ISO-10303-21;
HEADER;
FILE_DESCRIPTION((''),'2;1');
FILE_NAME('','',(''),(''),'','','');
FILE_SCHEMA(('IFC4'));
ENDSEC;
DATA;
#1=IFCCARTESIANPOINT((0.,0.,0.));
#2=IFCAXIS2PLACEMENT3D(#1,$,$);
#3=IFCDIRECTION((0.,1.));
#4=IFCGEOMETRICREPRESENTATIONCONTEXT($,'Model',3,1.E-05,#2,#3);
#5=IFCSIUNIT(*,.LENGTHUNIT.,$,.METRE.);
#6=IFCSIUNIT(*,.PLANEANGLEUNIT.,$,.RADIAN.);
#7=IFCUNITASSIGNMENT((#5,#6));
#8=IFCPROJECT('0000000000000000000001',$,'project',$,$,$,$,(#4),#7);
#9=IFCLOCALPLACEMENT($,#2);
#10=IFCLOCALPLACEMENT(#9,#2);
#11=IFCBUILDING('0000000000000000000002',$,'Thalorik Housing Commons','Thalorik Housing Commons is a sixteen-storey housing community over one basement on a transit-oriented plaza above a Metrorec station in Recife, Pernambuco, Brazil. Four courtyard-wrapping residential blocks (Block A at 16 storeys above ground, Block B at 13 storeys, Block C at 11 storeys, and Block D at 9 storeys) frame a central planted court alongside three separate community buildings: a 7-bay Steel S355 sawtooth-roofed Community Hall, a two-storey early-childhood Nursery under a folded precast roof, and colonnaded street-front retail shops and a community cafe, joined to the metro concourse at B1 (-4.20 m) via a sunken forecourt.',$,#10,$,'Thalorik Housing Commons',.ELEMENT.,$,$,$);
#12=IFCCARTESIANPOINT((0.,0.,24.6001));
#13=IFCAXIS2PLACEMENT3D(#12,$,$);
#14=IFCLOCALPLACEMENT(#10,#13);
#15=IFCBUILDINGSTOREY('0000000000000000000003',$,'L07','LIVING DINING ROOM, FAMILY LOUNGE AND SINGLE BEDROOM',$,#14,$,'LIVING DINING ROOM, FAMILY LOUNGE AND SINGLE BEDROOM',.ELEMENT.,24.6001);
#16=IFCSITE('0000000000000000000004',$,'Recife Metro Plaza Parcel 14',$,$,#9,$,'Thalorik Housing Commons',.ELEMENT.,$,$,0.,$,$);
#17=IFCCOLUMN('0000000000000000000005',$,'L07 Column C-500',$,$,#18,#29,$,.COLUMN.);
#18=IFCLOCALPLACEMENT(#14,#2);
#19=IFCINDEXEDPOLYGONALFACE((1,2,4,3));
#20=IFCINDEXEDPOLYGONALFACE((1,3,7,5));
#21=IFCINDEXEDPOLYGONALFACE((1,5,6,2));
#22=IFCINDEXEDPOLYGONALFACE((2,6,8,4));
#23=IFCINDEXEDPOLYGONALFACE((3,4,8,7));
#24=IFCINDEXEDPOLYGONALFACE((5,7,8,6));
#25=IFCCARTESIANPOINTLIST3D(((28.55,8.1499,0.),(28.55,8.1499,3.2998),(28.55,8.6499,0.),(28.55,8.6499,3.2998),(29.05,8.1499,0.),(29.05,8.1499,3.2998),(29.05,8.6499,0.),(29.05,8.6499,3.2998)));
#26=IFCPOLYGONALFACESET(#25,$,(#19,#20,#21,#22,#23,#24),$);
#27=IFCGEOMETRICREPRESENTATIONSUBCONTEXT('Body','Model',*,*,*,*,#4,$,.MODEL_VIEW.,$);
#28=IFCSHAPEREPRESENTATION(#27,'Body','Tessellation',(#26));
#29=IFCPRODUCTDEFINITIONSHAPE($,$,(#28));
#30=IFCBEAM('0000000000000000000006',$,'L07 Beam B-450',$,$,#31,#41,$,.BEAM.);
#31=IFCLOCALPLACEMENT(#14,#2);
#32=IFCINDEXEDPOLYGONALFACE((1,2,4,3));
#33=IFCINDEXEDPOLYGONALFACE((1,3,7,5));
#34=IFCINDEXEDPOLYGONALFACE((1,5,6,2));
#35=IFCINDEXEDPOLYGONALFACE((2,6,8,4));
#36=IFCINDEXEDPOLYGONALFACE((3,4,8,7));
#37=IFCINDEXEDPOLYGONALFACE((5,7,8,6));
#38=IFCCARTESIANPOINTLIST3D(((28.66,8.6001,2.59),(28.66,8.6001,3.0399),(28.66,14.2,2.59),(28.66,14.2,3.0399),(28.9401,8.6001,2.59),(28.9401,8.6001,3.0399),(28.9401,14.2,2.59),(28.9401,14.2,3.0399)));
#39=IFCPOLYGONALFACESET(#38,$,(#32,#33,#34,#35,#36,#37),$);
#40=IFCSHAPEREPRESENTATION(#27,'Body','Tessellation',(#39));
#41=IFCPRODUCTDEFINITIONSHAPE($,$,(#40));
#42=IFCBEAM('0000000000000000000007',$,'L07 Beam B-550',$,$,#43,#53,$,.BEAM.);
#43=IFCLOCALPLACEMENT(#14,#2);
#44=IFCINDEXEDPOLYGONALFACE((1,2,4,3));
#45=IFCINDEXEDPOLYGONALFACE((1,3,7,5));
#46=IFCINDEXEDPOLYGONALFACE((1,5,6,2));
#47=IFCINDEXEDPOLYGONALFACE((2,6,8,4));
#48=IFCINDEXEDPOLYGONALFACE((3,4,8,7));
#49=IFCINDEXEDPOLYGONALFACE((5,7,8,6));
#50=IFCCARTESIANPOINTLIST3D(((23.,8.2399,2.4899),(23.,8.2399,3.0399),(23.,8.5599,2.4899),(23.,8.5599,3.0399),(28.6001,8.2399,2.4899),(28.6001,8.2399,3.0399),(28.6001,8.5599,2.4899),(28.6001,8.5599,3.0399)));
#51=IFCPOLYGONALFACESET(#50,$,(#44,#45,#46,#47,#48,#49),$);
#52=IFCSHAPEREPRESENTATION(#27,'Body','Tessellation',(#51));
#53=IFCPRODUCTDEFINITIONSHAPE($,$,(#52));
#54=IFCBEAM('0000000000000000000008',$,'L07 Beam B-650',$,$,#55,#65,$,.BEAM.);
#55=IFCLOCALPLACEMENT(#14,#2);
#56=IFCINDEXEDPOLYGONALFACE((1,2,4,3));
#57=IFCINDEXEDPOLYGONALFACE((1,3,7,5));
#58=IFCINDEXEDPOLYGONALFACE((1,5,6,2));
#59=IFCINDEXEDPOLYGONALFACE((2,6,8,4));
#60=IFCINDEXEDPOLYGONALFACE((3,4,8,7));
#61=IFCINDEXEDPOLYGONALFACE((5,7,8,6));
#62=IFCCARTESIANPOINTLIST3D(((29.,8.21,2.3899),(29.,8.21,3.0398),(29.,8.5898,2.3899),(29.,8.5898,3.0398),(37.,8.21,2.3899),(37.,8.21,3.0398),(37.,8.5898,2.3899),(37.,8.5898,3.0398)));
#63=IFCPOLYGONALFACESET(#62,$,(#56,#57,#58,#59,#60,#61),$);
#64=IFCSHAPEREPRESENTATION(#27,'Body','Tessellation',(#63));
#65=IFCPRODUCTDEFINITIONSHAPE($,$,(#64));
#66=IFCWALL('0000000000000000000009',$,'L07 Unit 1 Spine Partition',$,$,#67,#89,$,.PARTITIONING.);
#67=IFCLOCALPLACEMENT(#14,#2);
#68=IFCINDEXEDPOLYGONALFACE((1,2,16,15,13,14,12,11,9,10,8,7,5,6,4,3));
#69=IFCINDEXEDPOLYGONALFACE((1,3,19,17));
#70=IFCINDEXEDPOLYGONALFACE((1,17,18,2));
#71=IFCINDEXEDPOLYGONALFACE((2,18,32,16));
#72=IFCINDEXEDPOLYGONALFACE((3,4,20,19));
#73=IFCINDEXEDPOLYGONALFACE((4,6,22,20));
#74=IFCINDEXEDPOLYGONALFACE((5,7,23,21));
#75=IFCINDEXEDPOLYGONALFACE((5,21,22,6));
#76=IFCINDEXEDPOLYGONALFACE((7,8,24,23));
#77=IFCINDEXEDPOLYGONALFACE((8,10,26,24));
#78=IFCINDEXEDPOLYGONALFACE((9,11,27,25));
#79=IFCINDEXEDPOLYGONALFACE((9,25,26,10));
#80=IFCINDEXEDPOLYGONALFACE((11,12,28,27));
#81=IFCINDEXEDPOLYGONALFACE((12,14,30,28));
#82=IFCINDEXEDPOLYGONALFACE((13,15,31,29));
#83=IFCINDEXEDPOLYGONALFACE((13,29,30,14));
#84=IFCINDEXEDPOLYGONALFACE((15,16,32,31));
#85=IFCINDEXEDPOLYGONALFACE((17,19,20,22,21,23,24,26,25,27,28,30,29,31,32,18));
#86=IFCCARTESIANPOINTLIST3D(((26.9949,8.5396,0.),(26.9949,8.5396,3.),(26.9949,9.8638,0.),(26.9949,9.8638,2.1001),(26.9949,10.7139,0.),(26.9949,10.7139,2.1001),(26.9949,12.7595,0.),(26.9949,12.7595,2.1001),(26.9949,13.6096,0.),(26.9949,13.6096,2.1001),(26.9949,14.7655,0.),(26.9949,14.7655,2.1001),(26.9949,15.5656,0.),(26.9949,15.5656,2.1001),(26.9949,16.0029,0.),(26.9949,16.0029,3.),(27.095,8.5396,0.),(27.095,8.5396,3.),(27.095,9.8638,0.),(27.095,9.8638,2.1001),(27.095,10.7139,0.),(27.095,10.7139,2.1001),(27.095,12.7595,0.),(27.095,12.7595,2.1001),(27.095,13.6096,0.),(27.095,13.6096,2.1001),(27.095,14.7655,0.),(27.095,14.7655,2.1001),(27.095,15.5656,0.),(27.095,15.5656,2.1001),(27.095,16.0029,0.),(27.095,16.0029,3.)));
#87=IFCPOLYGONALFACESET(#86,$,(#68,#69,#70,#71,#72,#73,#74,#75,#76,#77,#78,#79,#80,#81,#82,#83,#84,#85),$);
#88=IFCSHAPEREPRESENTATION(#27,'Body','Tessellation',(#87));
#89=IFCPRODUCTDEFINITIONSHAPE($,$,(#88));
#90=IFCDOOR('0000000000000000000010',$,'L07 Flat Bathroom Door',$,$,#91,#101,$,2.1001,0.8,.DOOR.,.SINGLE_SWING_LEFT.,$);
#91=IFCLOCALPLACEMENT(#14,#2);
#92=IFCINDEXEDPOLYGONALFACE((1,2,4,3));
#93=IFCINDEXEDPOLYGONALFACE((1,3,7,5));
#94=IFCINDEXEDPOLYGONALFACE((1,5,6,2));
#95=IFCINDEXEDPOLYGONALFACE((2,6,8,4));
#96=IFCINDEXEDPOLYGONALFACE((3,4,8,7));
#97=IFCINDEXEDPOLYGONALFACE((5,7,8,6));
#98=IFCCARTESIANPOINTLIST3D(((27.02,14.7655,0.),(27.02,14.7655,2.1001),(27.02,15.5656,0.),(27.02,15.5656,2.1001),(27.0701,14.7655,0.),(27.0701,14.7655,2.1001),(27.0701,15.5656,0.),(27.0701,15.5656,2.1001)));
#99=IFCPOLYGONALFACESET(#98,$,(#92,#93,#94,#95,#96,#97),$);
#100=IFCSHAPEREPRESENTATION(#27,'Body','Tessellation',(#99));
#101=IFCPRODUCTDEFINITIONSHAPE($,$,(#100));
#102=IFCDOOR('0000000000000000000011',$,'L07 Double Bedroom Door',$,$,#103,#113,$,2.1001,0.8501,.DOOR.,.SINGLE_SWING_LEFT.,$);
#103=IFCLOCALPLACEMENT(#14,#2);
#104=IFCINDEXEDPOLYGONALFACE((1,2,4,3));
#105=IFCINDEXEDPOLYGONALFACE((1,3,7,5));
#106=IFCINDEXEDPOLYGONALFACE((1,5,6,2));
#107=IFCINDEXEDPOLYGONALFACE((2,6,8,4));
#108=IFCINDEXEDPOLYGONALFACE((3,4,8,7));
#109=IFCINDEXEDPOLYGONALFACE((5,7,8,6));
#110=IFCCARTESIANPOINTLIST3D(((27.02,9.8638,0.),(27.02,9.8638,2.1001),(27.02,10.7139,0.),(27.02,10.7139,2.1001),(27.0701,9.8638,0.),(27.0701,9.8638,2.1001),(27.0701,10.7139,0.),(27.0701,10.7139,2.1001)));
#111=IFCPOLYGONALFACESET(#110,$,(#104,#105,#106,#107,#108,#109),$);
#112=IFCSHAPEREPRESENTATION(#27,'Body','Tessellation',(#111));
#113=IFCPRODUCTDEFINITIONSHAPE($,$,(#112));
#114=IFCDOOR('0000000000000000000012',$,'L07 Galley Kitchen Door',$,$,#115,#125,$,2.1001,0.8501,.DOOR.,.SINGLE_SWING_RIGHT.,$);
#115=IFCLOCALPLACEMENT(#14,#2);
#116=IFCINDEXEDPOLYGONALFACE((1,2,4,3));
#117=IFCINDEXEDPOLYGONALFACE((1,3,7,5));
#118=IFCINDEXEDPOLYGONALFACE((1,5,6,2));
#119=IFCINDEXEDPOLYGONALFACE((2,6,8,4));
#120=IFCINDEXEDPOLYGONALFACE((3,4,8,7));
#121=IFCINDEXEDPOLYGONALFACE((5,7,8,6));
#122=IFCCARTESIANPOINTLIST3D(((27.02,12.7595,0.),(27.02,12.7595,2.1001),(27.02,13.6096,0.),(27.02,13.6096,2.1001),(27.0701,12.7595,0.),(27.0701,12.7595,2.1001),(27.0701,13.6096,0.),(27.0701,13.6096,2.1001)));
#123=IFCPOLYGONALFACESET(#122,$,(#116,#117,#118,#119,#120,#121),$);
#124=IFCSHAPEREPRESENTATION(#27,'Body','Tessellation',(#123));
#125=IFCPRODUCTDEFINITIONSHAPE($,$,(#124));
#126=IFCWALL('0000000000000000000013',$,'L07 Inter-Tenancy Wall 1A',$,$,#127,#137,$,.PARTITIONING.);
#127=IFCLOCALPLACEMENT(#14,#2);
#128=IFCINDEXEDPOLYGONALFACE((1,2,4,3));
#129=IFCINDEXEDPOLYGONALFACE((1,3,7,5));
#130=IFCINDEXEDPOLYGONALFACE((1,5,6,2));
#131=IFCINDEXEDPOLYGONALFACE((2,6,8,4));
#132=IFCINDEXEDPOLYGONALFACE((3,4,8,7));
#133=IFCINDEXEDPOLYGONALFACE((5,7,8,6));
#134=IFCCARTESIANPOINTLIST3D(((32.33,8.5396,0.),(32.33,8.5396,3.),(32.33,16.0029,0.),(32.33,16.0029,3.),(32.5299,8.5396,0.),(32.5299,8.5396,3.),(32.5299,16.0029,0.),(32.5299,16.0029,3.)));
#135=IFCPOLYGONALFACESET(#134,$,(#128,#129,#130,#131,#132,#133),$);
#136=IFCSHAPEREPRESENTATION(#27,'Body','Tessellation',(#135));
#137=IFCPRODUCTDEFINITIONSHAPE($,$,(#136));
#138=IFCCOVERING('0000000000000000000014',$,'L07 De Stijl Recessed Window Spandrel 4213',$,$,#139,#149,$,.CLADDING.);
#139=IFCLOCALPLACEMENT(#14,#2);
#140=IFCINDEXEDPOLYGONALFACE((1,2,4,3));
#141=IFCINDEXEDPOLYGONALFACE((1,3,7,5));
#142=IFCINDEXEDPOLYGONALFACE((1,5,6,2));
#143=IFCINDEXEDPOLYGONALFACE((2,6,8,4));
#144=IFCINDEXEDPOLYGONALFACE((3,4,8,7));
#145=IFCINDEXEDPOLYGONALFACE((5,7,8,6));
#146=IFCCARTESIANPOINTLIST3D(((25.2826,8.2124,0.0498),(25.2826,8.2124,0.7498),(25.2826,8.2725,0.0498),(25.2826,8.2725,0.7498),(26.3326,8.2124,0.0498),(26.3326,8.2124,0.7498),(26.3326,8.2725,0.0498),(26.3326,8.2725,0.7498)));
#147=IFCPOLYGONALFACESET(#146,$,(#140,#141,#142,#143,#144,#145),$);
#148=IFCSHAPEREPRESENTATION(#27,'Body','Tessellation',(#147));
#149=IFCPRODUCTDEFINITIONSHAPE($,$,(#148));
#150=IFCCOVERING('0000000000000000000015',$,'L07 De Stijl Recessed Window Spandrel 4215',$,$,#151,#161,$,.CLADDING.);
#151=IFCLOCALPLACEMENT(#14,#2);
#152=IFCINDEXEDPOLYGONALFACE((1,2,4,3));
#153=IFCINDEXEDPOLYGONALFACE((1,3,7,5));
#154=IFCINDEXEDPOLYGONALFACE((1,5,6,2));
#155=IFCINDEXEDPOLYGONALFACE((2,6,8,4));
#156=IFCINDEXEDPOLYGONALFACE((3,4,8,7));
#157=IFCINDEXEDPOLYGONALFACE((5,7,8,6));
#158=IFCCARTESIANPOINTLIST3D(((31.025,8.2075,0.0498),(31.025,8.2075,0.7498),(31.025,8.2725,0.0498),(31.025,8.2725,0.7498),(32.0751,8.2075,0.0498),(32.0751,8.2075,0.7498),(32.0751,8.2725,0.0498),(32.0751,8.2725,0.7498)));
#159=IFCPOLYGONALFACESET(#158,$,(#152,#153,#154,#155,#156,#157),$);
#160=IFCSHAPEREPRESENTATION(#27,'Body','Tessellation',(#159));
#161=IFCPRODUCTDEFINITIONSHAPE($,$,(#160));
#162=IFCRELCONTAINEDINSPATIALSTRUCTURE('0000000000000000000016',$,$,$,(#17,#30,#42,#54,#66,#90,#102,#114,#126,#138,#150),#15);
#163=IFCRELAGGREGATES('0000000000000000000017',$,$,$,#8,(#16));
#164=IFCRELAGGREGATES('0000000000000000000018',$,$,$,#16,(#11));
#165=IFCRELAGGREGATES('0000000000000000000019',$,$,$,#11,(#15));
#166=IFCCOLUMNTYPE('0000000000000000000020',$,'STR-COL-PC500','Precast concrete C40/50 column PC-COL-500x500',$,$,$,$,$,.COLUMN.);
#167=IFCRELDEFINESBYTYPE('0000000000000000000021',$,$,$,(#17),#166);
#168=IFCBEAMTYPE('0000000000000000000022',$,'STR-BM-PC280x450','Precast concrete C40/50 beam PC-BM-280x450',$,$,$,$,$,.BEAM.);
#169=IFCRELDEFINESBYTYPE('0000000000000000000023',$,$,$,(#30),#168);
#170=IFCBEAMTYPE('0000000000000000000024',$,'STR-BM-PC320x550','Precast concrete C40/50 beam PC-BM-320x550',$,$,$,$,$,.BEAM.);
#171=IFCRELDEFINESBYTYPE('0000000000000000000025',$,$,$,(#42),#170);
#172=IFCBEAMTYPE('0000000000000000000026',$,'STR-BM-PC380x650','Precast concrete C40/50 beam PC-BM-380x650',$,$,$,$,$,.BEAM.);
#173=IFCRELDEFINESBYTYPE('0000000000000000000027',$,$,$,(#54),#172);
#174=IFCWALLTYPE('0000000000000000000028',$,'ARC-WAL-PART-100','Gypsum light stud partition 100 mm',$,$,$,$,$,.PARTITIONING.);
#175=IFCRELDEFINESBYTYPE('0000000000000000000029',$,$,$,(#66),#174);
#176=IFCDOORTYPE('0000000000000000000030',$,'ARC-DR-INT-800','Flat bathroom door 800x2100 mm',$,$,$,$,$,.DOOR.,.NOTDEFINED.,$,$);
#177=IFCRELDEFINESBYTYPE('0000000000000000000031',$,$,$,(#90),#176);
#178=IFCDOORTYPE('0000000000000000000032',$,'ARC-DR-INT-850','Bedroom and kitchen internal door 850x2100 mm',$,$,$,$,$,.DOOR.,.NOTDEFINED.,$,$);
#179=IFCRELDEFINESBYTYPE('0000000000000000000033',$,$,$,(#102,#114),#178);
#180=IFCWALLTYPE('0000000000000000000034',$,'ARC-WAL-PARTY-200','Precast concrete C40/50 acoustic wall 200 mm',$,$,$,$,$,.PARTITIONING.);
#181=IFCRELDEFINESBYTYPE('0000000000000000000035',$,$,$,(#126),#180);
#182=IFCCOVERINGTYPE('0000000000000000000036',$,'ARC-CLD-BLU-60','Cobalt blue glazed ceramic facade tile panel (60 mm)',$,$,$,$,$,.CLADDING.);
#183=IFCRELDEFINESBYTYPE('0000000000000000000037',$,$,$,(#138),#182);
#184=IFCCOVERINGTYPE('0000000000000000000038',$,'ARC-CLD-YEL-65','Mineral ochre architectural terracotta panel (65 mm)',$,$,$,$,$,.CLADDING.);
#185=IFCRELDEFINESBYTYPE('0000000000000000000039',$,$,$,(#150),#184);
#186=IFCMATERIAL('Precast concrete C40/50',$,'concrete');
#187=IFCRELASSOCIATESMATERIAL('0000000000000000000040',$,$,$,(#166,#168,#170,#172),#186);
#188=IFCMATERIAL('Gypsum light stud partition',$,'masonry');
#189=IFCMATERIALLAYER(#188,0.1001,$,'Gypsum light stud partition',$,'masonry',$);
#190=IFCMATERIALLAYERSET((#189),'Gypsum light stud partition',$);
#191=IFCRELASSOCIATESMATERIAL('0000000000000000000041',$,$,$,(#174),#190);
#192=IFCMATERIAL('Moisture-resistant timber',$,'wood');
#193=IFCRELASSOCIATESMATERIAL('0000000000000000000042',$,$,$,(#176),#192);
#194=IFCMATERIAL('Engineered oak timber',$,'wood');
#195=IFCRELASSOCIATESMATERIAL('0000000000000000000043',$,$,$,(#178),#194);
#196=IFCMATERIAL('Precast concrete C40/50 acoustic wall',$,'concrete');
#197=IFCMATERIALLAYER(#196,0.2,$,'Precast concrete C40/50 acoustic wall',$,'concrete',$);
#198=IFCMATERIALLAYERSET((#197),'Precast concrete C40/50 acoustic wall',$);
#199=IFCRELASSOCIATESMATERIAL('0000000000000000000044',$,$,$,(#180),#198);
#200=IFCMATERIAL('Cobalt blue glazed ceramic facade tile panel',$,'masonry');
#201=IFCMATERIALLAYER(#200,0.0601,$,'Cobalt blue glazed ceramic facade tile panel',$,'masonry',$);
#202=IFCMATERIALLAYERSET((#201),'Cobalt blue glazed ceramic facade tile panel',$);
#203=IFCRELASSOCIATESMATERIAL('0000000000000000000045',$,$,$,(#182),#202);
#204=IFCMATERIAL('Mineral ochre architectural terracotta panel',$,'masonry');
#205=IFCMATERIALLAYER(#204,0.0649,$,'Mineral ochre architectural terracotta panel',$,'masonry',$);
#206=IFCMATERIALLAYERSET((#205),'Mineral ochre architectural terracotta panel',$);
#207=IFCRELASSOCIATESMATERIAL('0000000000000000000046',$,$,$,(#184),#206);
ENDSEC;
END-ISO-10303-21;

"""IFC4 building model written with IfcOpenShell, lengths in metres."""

from ifc_helpers import new_model, si_unit, direction, frame, frame_2d, origin, origin_2d, place, context, subcontext, project, spatial, rectangle, extrude, material, layer, layer_set, material_profile, profile_set, type_object, element, fill, save


model = new_model("IFC4")

# Units and contexts
model_context = context("Model", 3, precision=1e-05, world=origin(), true_north=direction((0.0, 1.0)))
body_context = subcontext(model_context, "Body", "Model", "MODEL_VIEW")
ifc_project = project(units=[si_unit("LENGTHUNIT", "METRE"), si_unit("PLANEANGLEUNIT", "RADIAN")], contexts=[model_context])

# Site, building, storey
site_placement = place(None, origin())
site = spatial("IfcSite", under=ifc_project, at=site_placement, Name="Recife Metro Plaza Parcel 14", LongName="Thalorik Housing Commons", CompositionType="ELEMENT", RefElevation=0.0)
building_placement = place(site_placement, origin())
building = spatial("IfcBuilding", under=site, at=building_placement, Name="Thalorik Housing Commons", Description="Thalorik Housing Commons is a sixteen-storey housing community over one basement on a transit-oriented plaza above a Metrorec station in Recife, Pernambuco, Brazil. Four courtyard-wrapping residential blocks (Block A at 16 storeys above ground, Block B at 13 storeys, Block C at 11 storeys, and Block D at 9 storeys) frame a central planted court alongside three separate community buildings: a 7-bay Steel S355 sawtooth-roofed Community Hall, a two-storey early-childhood Nursery under a folded precast roof, and colonnaded street-front retail shops and a community cafe, joined to the metro concourse at B1 (-4.20 m) via a sunken forecourt.", LongName="Thalorik Housing Commons", CompositionType="ELEMENT")
storey_placement = place(building_placement, frame((0.0, 0.0, 24.6001)))
storey = spatial("IfcBuildingStorey", under=building, at=storey_placement, Name="L07", Description="LIVING DINING ROOM, FAMILY LOUNGE AND SINGLE BEDROOM", LongName="LIVING DINING ROOM, FAMILY LOUNGE AND SINGLE BEDROOM", CompositionType="ELEMENT", Elevation=24.6001)

# Column
ifc_material_1 = material(Name="Precast concrete C40/50", Category="concrete")
ifc_material_profile_1 = material_profile(ifc_material_1, rectangle(XDim=0.5, YDim=0.5, at=origin_2d()), Name="PC 500x500", Category="concrete")
ifc_profile_set_1 = profile_set([ifc_material_profile_1], Name="Precast concrete C40/50")
column_type = type_object("IfcColumnType", Name="STR-COL-PC500", Description="Precast concrete C40/50 column PC-COL-500x500", PredefinedType="COLUMN", material=ifc_profile_set_1)
column_placement = place(storey_placement, frame((28.8, 8.3999, 0.0), z_axis=(0.0, 0.0, 1.0), x_axis=(1.0, 0.0, 0.0)))
element("IfcColumn", 1, at=column_placement, inside=storey, type_object=column_type, Name="L07 Column C-500", PredefinedType="COLUMN", context=body_context, shape_type="SweptSolid", body=[
    extrude(rectangle(XDim=0.5, YDim=0.5, at=origin_2d()), origin(), (0.0, 0.0, 1.0), 3.2998),
])

# Beams
ifc_material_profile_2 = material_profile(ifc_material_1, rectangle(XDim=0.28, YDim=0.45, at=origin_2d()), Name="PC 280x450", Category="concrete")
ifc_profile_set_2 = profile_set([ifc_material_profile_2], Name="Precast concrete C40/50")
beam_type_1 = type_object("IfcBeamType", Name="STR-BM-PC280x450", Description="Precast concrete C40/50 beam PC-BM-280x450", PredefinedType="BEAM", material=ifc_profile_set_2)
beam_1_placement = place(storey_placement, frame((28.8, 8.6001, 2.8149), z_axis=(0.0, 1.0, 0.0), x_axis=(-1.0, 0.0, 0.0)))
element("IfcBeam", 2, at=beam_1_placement, inside=storey, type_object=beam_type_1, Name="L07 Beam B-450", PredefinedType="BEAM", context=body_context, shape_type="SweptSolid", body=[
    extrude(rectangle(XDim=0.28, YDim=0.45, at=origin_2d()), origin(), (0.0, 0.0, 1.0), 5.5999),
])
ifc_material_profile_3 = material_profile(ifc_material_1, rectangle(XDim=0.3201, YDim=0.55, at=origin_2d()), Name="PC 320x550", Category="concrete")
ifc_profile_set_3 = profile_set([ifc_material_profile_3], Name="Precast concrete C40/50")
beam_type_2 = type_object("IfcBeamType", Name="STR-BM-PC320x550", Description="Precast concrete C40/50 beam PC-BM-320x550", PredefinedType="BEAM", material=ifc_profile_set_3)
beam_2_placement = place(storey_placement, frame((23.0, 8.3999, 2.7649), z_axis=(1.0, 0.0, 0.0), x_axis=(0.0, 1.0, 0.0)))
element("IfcBeam", 3, at=beam_2_placement, inside=storey, type_object=beam_type_2, Name="L07 Beam B-550", PredefinedType="BEAM", context=body_context, shape_type="SweptSolid", body=[
    extrude(rectangle(XDim=0.3201, YDim=0.55, at=origin_2d()), origin(), (0.0, 0.0, 1.0), 5.6001),
])
ifc_material_profile_4 = material_profile(ifc_material_1, rectangle(XDim=0.3799, YDim=0.6499, at=origin_2d()), Name="PC 380x650", Category="concrete")
ifc_profile_set_4 = profile_set([ifc_material_profile_4], Name="Precast concrete C40/50")
beam_type_3 = type_object("IfcBeamType", Name="STR-BM-PC380x650", Description="Precast concrete C40/50 beam PC-BM-380x650", PredefinedType="BEAM", material=ifc_profile_set_4)
beam_3_placement = place(storey_placement, frame((29.0, 8.3999, 2.7148), z_axis=(1.0, 0.0, 0.0), x_axis=(0.0, 1.0, 0.0)))
element("IfcBeam", 4, at=beam_3_placement, inside=storey, type_object=beam_type_3, Name="L07 Beam B-650", PredefinedType="BEAM", context=body_context, shape_type="SweptSolid", body=[
    extrude(rectangle(XDim=0.3799, YDim=0.6499, at=origin_2d()), origin(), (0.0, 0.0, 1.0), 8.0),
])

# Wall, openings, doors
ifc_material_2 = material(Name="Gypsum light stud partition", Category="masonry")
ifc_layer_1 = layer(ifc_material_2, 0.1001, Name="Gypsum light stud partition", Category="masonry")
ifc_layer_set_1 = layer_set([ifc_layer_1], Name="Gypsum light stud partition")
wall_type_1 = type_object("IfcWallType", Name="ARC-WAL-PART-100", Description="Gypsum light stud partition 100 mm", PredefinedType="PARTITIONING", material=ifc_layer_set_1)
wall_1_placement = place(storey_placement, frame((27.0449, 8.5396, 0.0), z_axis=(0.0, 0.0, 1.0), x_axis=(0.0, 1.0, 0.0)))
wall_1 = element("IfcWall", 5, at=wall_1_placement, inside=storey, type_object=wall_type_1, Name="L07 Unit 1 Spine Partition", PredefinedType="PARTITIONING", context=body_context, shape_type="SweptSolid", body=[
    extrude(rectangle(XDim=7.4634, YDim=0.1001, at=frame_2d((3.7317, 0.0))), origin(), (0.0, 0.0, 1.0), 3.0),
])
opening_1_placement = place(wall_1_placement, frame((1.3242, 0.0, 0.0)))
opening_1 = element("IfcOpeningElement", 6, at=opening_1_placement, cuts=wall_1, PredefinedType="OPENING", context=body_context, shape_type="SweptSolid", body=[
    extrude(rectangle(XDim=0.8501, YDim=2.1001, at=frame_2d((0.425, 1.05))), frame((0.0, 0.0601, 0.0), z_axis=(0.0, -1.0, 0.0), x_axis=(1.0, 0.0, 0.0)), (0.0, 0.0, 1.0), 0.1201),
])
opening_2_placement = place(wall_1_placement, frame((4.22, 0.0, 0.0)))
opening_2 = element("IfcOpeningElement", 7, at=opening_2_placement, cuts=wall_1, PredefinedType="OPENING", context=body_context, shape_type="SweptSolid", body=[
    extrude(rectangle(XDim=0.8501, YDim=2.1001, at=frame_2d((0.425, 1.05))), frame((0.0, 0.0601, 0.0), z_axis=(0.0, -1.0, 0.0), x_axis=(1.0, 0.0, 0.0)), (0.0, 0.0, 1.0), 0.1201),
])
opening_3_placement = place(wall_1_placement, frame((6.2261, 0.0, 0.0)))
opening_3 = element("IfcOpeningElement", 8, at=opening_3_placement, cuts=wall_1, PredefinedType="OPENING", context=body_context, shape_type="SweptSolid", body=[
    extrude(rectangle(XDim=0.8, YDim=2.1001, at=frame_2d((0.3999, 1.05))), frame((0.0, 0.0601, 0.0), z_axis=(0.0, -1.0, 0.0), x_axis=(1.0, 0.0, 0.0)), (0.0, 0.0, 1.0), 0.1201),
])
ifc_material_3 = material(Name="Moisture-resistant timber", Category="wood")
door_type_1 = type_object("IfcDoorType", Name="ARC-DR-INT-800", Description="Flat bathroom door 800x2100 mm", OperationType="NOTDEFINED", PredefinedType="DOOR", material=ifc_material_3)
door_1_placement = place(opening_3_placement, origin())
door_1 = element("IfcDoor", 9, at=door_1_placement, inside=storey, type_object=door_type_1, Name="L07 Flat Bathroom Door", OperationType="SINGLE_SWING_LEFT", OverallHeight=2.1001, OverallWidth=0.8, PredefinedType="DOOR", context=body_context, shape_type="SweptSolid", body=[
    extrude(rectangle(XDim=0.8, YDim=2.1001, at=frame_2d((0.3999, 1.05))), frame((0.0, 0.0249, 0.0), z_axis=(0.0, -1.0, 0.0), x_axis=(1.0, 0.0, 0.0)), (0.0, 0.0, 1.0), 0.05),
])
fill(opening_3, door_1)
ifc_material_4 = material(Name="Engineered oak timber", Category="wood")
door_type_2 = type_object("IfcDoorType", Name="ARC-DR-INT-850", Description="Bedroom and kitchen internal door 850x2100 mm", OperationType="NOTDEFINED", PredefinedType="DOOR", material=ifc_material_4)
door_2_placement = place(opening_1_placement, origin())
door_2 = element("IfcDoor", 10, at=door_2_placement, inside=storey, type_object=door_type_2, Name="L07 Double Bedroom Door", OperationType="SINGLE_SWING_LEFT", OverallHeight=2.1001, OverallWidth=0.8501, PredefinedType="DOOR", context=body_context, shape_type="SweptSolid", body=[
    extrude(rectangle(XDim=0.8501, YDim=2.1001, at=frame_2d((0.425, 1.05))), frame((0.0, 0.0249, 0.0), z_axis=(0.0, -1.0, 0.0), x_axis=(1.0, 0.0, 0.0)), (0.0, 0.0, 1.0), 0.05),
])
fill(opening_1, door_2)
door_3_placement = place(opening_2_placement, origin())
door_3 = element("IfcDoor", 11, at=door_3_placement, inside=storey, type_object=door_type_2, Name="L07 Galley Kitchen Door", OperationType="SINGLE_SWING_RIGHT", OverallHeight=2.1001, OverallWidth=0.8501, PredefinedType="DOOR", context=body_context, shape_type="SweptSolid", body=[
    extrude(rectangle(XDim=0.8501, YDim=2.1001, at=frame_2d((0.425, 1.05))), frame((0.0, 0.0249, 0.0), z_axis=(0.0, -1.0, 0.0), x_axis=(1.0, 0.0, 0.0)), (0.0, 0.0, 1.0), 0.05),
])
fill(opening_2, door_3)

# Wall
ifc_material_5 = material(Name="Precast concrete C40/50 acoustic wall", Category="concrete")
ifc_layer_2 = layer(ifc_material_5, 0.2, Name="Precast concrete C40/50 acoustic wall", Category="concrete")
ifc_layer_set_2 = layer_set([ifc_layer_2], Name="Precast concrete C40/50 acoustic wall")
wall_type_2 = type_object("IfcWallType", Name="ARC-WAL-PARTY-200", Description="Precast concrete C40/50 acoustic wall 200 mm", PredefinedType="PARTITIONING", material=ifc_layer_set_2)
wall_2_placement = place(storey_placement, frame((32.4299, 8.5396, 0.0), z_axis=(0.0, 0.0, 1.0), x_axis=(0.0, 1.0, 0.0)))
element("IfcWall", 12, at=wall_2_placement, inside=storey, type_object=wall_type_2, Name="L07 Inter-Tenancy Wall 1A", PredefinedType="PARTITIONING", context=body_context, shape_type="SweptSolid", body=[
    extrude(rectangle(XDim=7.4634, YDim=0.2, at=frame_2d((3.7317, 0.0))), origin(), (0.0, 0.0, 1.0), 3.0),
])

# Coverings
ifc_material_6 = material(Name="Cobalt blue glazed ceramic facade tile panel", Category="masonry")
ifc_layer_3 = layer(ifc_material_6, 0.0601, Name="Cobalt blue glazed ceramic facade tile panel", Category="masonry")
ifc_layer_set_3 = layer_set([ifc_layer_3], Name="Cobalt blue glazed ceramic facade tile panel")
covering_type_1 = type_object("IfcCoveringType", Name="ARC-CLD-BLU-60", Description="Cobalt blue glazed ceramic facade tile panel (60 mm)", PredefinedType="CLADDING", material=ifc_layer_set_3)
covering_1_placement = place(storey_placement, frame((25.8076, 8.2424, 0.0498), z_axis=(0.0, 0.0, 1.0), x_axis=(1.0, 0.0, 0.0)))
element("IfcCovering", 13, at=covering_1_placement, inside=storey, type_object=covering_type_1, Name="L07 De Stijl Recessed Window Spandrel 4213", PredefinedType="CLADDING", context=body_context, shape_type="SweptSolid", body=[
    extrude(rectangle(XDim=1.05, YDim=0.0601, at=origin_2d()), origin(), (0.0, 0.0, 1.0), 0.7),
])
ifc_material_7 = material(Name="Mineral ochre architectural terracotta panel", Category="masonry")
ifc_layer_4 = layer(ifc_material_7, 0.0649, Name="Mineral ochre architectural terracotta panel", Category="masonry")
ifc_layer_set_4 = layer_set([ifc_layer_4], Name="Mineral ochre architectural terracotta panel")
covering_type_2 = type_object("IfcCoveringType", Name="ARC-CLD-YEL-65", Description="Mineral ochre architectural terracotta panel (65 mm)", PredefinedType="CLADDING", material=ifc_layer_set_4)
covering_2_placement = place(storey_placement, frame((31.55, 8.24, 0.0498), z_axis=(0.0, 0.0, 1.0), x_axis=(1.0, 0.0, 0.0)))
element("IfcCovering", 14, at=covering_2_placement, inside=storey, type_object=covering_type_2, Name="L07 De Stijl Recessed Window Spandrel 4215", PredefinedType="CLADDING", context=body_context, shape_type="SweptSolid", body=[
    extrude(rectangle(XDim=1.05, YDim=0.0649, at=origin_2d()), origin(), (0.0, 0.0, 1.0), 0.7),
])

save(model, "model.ifc")
